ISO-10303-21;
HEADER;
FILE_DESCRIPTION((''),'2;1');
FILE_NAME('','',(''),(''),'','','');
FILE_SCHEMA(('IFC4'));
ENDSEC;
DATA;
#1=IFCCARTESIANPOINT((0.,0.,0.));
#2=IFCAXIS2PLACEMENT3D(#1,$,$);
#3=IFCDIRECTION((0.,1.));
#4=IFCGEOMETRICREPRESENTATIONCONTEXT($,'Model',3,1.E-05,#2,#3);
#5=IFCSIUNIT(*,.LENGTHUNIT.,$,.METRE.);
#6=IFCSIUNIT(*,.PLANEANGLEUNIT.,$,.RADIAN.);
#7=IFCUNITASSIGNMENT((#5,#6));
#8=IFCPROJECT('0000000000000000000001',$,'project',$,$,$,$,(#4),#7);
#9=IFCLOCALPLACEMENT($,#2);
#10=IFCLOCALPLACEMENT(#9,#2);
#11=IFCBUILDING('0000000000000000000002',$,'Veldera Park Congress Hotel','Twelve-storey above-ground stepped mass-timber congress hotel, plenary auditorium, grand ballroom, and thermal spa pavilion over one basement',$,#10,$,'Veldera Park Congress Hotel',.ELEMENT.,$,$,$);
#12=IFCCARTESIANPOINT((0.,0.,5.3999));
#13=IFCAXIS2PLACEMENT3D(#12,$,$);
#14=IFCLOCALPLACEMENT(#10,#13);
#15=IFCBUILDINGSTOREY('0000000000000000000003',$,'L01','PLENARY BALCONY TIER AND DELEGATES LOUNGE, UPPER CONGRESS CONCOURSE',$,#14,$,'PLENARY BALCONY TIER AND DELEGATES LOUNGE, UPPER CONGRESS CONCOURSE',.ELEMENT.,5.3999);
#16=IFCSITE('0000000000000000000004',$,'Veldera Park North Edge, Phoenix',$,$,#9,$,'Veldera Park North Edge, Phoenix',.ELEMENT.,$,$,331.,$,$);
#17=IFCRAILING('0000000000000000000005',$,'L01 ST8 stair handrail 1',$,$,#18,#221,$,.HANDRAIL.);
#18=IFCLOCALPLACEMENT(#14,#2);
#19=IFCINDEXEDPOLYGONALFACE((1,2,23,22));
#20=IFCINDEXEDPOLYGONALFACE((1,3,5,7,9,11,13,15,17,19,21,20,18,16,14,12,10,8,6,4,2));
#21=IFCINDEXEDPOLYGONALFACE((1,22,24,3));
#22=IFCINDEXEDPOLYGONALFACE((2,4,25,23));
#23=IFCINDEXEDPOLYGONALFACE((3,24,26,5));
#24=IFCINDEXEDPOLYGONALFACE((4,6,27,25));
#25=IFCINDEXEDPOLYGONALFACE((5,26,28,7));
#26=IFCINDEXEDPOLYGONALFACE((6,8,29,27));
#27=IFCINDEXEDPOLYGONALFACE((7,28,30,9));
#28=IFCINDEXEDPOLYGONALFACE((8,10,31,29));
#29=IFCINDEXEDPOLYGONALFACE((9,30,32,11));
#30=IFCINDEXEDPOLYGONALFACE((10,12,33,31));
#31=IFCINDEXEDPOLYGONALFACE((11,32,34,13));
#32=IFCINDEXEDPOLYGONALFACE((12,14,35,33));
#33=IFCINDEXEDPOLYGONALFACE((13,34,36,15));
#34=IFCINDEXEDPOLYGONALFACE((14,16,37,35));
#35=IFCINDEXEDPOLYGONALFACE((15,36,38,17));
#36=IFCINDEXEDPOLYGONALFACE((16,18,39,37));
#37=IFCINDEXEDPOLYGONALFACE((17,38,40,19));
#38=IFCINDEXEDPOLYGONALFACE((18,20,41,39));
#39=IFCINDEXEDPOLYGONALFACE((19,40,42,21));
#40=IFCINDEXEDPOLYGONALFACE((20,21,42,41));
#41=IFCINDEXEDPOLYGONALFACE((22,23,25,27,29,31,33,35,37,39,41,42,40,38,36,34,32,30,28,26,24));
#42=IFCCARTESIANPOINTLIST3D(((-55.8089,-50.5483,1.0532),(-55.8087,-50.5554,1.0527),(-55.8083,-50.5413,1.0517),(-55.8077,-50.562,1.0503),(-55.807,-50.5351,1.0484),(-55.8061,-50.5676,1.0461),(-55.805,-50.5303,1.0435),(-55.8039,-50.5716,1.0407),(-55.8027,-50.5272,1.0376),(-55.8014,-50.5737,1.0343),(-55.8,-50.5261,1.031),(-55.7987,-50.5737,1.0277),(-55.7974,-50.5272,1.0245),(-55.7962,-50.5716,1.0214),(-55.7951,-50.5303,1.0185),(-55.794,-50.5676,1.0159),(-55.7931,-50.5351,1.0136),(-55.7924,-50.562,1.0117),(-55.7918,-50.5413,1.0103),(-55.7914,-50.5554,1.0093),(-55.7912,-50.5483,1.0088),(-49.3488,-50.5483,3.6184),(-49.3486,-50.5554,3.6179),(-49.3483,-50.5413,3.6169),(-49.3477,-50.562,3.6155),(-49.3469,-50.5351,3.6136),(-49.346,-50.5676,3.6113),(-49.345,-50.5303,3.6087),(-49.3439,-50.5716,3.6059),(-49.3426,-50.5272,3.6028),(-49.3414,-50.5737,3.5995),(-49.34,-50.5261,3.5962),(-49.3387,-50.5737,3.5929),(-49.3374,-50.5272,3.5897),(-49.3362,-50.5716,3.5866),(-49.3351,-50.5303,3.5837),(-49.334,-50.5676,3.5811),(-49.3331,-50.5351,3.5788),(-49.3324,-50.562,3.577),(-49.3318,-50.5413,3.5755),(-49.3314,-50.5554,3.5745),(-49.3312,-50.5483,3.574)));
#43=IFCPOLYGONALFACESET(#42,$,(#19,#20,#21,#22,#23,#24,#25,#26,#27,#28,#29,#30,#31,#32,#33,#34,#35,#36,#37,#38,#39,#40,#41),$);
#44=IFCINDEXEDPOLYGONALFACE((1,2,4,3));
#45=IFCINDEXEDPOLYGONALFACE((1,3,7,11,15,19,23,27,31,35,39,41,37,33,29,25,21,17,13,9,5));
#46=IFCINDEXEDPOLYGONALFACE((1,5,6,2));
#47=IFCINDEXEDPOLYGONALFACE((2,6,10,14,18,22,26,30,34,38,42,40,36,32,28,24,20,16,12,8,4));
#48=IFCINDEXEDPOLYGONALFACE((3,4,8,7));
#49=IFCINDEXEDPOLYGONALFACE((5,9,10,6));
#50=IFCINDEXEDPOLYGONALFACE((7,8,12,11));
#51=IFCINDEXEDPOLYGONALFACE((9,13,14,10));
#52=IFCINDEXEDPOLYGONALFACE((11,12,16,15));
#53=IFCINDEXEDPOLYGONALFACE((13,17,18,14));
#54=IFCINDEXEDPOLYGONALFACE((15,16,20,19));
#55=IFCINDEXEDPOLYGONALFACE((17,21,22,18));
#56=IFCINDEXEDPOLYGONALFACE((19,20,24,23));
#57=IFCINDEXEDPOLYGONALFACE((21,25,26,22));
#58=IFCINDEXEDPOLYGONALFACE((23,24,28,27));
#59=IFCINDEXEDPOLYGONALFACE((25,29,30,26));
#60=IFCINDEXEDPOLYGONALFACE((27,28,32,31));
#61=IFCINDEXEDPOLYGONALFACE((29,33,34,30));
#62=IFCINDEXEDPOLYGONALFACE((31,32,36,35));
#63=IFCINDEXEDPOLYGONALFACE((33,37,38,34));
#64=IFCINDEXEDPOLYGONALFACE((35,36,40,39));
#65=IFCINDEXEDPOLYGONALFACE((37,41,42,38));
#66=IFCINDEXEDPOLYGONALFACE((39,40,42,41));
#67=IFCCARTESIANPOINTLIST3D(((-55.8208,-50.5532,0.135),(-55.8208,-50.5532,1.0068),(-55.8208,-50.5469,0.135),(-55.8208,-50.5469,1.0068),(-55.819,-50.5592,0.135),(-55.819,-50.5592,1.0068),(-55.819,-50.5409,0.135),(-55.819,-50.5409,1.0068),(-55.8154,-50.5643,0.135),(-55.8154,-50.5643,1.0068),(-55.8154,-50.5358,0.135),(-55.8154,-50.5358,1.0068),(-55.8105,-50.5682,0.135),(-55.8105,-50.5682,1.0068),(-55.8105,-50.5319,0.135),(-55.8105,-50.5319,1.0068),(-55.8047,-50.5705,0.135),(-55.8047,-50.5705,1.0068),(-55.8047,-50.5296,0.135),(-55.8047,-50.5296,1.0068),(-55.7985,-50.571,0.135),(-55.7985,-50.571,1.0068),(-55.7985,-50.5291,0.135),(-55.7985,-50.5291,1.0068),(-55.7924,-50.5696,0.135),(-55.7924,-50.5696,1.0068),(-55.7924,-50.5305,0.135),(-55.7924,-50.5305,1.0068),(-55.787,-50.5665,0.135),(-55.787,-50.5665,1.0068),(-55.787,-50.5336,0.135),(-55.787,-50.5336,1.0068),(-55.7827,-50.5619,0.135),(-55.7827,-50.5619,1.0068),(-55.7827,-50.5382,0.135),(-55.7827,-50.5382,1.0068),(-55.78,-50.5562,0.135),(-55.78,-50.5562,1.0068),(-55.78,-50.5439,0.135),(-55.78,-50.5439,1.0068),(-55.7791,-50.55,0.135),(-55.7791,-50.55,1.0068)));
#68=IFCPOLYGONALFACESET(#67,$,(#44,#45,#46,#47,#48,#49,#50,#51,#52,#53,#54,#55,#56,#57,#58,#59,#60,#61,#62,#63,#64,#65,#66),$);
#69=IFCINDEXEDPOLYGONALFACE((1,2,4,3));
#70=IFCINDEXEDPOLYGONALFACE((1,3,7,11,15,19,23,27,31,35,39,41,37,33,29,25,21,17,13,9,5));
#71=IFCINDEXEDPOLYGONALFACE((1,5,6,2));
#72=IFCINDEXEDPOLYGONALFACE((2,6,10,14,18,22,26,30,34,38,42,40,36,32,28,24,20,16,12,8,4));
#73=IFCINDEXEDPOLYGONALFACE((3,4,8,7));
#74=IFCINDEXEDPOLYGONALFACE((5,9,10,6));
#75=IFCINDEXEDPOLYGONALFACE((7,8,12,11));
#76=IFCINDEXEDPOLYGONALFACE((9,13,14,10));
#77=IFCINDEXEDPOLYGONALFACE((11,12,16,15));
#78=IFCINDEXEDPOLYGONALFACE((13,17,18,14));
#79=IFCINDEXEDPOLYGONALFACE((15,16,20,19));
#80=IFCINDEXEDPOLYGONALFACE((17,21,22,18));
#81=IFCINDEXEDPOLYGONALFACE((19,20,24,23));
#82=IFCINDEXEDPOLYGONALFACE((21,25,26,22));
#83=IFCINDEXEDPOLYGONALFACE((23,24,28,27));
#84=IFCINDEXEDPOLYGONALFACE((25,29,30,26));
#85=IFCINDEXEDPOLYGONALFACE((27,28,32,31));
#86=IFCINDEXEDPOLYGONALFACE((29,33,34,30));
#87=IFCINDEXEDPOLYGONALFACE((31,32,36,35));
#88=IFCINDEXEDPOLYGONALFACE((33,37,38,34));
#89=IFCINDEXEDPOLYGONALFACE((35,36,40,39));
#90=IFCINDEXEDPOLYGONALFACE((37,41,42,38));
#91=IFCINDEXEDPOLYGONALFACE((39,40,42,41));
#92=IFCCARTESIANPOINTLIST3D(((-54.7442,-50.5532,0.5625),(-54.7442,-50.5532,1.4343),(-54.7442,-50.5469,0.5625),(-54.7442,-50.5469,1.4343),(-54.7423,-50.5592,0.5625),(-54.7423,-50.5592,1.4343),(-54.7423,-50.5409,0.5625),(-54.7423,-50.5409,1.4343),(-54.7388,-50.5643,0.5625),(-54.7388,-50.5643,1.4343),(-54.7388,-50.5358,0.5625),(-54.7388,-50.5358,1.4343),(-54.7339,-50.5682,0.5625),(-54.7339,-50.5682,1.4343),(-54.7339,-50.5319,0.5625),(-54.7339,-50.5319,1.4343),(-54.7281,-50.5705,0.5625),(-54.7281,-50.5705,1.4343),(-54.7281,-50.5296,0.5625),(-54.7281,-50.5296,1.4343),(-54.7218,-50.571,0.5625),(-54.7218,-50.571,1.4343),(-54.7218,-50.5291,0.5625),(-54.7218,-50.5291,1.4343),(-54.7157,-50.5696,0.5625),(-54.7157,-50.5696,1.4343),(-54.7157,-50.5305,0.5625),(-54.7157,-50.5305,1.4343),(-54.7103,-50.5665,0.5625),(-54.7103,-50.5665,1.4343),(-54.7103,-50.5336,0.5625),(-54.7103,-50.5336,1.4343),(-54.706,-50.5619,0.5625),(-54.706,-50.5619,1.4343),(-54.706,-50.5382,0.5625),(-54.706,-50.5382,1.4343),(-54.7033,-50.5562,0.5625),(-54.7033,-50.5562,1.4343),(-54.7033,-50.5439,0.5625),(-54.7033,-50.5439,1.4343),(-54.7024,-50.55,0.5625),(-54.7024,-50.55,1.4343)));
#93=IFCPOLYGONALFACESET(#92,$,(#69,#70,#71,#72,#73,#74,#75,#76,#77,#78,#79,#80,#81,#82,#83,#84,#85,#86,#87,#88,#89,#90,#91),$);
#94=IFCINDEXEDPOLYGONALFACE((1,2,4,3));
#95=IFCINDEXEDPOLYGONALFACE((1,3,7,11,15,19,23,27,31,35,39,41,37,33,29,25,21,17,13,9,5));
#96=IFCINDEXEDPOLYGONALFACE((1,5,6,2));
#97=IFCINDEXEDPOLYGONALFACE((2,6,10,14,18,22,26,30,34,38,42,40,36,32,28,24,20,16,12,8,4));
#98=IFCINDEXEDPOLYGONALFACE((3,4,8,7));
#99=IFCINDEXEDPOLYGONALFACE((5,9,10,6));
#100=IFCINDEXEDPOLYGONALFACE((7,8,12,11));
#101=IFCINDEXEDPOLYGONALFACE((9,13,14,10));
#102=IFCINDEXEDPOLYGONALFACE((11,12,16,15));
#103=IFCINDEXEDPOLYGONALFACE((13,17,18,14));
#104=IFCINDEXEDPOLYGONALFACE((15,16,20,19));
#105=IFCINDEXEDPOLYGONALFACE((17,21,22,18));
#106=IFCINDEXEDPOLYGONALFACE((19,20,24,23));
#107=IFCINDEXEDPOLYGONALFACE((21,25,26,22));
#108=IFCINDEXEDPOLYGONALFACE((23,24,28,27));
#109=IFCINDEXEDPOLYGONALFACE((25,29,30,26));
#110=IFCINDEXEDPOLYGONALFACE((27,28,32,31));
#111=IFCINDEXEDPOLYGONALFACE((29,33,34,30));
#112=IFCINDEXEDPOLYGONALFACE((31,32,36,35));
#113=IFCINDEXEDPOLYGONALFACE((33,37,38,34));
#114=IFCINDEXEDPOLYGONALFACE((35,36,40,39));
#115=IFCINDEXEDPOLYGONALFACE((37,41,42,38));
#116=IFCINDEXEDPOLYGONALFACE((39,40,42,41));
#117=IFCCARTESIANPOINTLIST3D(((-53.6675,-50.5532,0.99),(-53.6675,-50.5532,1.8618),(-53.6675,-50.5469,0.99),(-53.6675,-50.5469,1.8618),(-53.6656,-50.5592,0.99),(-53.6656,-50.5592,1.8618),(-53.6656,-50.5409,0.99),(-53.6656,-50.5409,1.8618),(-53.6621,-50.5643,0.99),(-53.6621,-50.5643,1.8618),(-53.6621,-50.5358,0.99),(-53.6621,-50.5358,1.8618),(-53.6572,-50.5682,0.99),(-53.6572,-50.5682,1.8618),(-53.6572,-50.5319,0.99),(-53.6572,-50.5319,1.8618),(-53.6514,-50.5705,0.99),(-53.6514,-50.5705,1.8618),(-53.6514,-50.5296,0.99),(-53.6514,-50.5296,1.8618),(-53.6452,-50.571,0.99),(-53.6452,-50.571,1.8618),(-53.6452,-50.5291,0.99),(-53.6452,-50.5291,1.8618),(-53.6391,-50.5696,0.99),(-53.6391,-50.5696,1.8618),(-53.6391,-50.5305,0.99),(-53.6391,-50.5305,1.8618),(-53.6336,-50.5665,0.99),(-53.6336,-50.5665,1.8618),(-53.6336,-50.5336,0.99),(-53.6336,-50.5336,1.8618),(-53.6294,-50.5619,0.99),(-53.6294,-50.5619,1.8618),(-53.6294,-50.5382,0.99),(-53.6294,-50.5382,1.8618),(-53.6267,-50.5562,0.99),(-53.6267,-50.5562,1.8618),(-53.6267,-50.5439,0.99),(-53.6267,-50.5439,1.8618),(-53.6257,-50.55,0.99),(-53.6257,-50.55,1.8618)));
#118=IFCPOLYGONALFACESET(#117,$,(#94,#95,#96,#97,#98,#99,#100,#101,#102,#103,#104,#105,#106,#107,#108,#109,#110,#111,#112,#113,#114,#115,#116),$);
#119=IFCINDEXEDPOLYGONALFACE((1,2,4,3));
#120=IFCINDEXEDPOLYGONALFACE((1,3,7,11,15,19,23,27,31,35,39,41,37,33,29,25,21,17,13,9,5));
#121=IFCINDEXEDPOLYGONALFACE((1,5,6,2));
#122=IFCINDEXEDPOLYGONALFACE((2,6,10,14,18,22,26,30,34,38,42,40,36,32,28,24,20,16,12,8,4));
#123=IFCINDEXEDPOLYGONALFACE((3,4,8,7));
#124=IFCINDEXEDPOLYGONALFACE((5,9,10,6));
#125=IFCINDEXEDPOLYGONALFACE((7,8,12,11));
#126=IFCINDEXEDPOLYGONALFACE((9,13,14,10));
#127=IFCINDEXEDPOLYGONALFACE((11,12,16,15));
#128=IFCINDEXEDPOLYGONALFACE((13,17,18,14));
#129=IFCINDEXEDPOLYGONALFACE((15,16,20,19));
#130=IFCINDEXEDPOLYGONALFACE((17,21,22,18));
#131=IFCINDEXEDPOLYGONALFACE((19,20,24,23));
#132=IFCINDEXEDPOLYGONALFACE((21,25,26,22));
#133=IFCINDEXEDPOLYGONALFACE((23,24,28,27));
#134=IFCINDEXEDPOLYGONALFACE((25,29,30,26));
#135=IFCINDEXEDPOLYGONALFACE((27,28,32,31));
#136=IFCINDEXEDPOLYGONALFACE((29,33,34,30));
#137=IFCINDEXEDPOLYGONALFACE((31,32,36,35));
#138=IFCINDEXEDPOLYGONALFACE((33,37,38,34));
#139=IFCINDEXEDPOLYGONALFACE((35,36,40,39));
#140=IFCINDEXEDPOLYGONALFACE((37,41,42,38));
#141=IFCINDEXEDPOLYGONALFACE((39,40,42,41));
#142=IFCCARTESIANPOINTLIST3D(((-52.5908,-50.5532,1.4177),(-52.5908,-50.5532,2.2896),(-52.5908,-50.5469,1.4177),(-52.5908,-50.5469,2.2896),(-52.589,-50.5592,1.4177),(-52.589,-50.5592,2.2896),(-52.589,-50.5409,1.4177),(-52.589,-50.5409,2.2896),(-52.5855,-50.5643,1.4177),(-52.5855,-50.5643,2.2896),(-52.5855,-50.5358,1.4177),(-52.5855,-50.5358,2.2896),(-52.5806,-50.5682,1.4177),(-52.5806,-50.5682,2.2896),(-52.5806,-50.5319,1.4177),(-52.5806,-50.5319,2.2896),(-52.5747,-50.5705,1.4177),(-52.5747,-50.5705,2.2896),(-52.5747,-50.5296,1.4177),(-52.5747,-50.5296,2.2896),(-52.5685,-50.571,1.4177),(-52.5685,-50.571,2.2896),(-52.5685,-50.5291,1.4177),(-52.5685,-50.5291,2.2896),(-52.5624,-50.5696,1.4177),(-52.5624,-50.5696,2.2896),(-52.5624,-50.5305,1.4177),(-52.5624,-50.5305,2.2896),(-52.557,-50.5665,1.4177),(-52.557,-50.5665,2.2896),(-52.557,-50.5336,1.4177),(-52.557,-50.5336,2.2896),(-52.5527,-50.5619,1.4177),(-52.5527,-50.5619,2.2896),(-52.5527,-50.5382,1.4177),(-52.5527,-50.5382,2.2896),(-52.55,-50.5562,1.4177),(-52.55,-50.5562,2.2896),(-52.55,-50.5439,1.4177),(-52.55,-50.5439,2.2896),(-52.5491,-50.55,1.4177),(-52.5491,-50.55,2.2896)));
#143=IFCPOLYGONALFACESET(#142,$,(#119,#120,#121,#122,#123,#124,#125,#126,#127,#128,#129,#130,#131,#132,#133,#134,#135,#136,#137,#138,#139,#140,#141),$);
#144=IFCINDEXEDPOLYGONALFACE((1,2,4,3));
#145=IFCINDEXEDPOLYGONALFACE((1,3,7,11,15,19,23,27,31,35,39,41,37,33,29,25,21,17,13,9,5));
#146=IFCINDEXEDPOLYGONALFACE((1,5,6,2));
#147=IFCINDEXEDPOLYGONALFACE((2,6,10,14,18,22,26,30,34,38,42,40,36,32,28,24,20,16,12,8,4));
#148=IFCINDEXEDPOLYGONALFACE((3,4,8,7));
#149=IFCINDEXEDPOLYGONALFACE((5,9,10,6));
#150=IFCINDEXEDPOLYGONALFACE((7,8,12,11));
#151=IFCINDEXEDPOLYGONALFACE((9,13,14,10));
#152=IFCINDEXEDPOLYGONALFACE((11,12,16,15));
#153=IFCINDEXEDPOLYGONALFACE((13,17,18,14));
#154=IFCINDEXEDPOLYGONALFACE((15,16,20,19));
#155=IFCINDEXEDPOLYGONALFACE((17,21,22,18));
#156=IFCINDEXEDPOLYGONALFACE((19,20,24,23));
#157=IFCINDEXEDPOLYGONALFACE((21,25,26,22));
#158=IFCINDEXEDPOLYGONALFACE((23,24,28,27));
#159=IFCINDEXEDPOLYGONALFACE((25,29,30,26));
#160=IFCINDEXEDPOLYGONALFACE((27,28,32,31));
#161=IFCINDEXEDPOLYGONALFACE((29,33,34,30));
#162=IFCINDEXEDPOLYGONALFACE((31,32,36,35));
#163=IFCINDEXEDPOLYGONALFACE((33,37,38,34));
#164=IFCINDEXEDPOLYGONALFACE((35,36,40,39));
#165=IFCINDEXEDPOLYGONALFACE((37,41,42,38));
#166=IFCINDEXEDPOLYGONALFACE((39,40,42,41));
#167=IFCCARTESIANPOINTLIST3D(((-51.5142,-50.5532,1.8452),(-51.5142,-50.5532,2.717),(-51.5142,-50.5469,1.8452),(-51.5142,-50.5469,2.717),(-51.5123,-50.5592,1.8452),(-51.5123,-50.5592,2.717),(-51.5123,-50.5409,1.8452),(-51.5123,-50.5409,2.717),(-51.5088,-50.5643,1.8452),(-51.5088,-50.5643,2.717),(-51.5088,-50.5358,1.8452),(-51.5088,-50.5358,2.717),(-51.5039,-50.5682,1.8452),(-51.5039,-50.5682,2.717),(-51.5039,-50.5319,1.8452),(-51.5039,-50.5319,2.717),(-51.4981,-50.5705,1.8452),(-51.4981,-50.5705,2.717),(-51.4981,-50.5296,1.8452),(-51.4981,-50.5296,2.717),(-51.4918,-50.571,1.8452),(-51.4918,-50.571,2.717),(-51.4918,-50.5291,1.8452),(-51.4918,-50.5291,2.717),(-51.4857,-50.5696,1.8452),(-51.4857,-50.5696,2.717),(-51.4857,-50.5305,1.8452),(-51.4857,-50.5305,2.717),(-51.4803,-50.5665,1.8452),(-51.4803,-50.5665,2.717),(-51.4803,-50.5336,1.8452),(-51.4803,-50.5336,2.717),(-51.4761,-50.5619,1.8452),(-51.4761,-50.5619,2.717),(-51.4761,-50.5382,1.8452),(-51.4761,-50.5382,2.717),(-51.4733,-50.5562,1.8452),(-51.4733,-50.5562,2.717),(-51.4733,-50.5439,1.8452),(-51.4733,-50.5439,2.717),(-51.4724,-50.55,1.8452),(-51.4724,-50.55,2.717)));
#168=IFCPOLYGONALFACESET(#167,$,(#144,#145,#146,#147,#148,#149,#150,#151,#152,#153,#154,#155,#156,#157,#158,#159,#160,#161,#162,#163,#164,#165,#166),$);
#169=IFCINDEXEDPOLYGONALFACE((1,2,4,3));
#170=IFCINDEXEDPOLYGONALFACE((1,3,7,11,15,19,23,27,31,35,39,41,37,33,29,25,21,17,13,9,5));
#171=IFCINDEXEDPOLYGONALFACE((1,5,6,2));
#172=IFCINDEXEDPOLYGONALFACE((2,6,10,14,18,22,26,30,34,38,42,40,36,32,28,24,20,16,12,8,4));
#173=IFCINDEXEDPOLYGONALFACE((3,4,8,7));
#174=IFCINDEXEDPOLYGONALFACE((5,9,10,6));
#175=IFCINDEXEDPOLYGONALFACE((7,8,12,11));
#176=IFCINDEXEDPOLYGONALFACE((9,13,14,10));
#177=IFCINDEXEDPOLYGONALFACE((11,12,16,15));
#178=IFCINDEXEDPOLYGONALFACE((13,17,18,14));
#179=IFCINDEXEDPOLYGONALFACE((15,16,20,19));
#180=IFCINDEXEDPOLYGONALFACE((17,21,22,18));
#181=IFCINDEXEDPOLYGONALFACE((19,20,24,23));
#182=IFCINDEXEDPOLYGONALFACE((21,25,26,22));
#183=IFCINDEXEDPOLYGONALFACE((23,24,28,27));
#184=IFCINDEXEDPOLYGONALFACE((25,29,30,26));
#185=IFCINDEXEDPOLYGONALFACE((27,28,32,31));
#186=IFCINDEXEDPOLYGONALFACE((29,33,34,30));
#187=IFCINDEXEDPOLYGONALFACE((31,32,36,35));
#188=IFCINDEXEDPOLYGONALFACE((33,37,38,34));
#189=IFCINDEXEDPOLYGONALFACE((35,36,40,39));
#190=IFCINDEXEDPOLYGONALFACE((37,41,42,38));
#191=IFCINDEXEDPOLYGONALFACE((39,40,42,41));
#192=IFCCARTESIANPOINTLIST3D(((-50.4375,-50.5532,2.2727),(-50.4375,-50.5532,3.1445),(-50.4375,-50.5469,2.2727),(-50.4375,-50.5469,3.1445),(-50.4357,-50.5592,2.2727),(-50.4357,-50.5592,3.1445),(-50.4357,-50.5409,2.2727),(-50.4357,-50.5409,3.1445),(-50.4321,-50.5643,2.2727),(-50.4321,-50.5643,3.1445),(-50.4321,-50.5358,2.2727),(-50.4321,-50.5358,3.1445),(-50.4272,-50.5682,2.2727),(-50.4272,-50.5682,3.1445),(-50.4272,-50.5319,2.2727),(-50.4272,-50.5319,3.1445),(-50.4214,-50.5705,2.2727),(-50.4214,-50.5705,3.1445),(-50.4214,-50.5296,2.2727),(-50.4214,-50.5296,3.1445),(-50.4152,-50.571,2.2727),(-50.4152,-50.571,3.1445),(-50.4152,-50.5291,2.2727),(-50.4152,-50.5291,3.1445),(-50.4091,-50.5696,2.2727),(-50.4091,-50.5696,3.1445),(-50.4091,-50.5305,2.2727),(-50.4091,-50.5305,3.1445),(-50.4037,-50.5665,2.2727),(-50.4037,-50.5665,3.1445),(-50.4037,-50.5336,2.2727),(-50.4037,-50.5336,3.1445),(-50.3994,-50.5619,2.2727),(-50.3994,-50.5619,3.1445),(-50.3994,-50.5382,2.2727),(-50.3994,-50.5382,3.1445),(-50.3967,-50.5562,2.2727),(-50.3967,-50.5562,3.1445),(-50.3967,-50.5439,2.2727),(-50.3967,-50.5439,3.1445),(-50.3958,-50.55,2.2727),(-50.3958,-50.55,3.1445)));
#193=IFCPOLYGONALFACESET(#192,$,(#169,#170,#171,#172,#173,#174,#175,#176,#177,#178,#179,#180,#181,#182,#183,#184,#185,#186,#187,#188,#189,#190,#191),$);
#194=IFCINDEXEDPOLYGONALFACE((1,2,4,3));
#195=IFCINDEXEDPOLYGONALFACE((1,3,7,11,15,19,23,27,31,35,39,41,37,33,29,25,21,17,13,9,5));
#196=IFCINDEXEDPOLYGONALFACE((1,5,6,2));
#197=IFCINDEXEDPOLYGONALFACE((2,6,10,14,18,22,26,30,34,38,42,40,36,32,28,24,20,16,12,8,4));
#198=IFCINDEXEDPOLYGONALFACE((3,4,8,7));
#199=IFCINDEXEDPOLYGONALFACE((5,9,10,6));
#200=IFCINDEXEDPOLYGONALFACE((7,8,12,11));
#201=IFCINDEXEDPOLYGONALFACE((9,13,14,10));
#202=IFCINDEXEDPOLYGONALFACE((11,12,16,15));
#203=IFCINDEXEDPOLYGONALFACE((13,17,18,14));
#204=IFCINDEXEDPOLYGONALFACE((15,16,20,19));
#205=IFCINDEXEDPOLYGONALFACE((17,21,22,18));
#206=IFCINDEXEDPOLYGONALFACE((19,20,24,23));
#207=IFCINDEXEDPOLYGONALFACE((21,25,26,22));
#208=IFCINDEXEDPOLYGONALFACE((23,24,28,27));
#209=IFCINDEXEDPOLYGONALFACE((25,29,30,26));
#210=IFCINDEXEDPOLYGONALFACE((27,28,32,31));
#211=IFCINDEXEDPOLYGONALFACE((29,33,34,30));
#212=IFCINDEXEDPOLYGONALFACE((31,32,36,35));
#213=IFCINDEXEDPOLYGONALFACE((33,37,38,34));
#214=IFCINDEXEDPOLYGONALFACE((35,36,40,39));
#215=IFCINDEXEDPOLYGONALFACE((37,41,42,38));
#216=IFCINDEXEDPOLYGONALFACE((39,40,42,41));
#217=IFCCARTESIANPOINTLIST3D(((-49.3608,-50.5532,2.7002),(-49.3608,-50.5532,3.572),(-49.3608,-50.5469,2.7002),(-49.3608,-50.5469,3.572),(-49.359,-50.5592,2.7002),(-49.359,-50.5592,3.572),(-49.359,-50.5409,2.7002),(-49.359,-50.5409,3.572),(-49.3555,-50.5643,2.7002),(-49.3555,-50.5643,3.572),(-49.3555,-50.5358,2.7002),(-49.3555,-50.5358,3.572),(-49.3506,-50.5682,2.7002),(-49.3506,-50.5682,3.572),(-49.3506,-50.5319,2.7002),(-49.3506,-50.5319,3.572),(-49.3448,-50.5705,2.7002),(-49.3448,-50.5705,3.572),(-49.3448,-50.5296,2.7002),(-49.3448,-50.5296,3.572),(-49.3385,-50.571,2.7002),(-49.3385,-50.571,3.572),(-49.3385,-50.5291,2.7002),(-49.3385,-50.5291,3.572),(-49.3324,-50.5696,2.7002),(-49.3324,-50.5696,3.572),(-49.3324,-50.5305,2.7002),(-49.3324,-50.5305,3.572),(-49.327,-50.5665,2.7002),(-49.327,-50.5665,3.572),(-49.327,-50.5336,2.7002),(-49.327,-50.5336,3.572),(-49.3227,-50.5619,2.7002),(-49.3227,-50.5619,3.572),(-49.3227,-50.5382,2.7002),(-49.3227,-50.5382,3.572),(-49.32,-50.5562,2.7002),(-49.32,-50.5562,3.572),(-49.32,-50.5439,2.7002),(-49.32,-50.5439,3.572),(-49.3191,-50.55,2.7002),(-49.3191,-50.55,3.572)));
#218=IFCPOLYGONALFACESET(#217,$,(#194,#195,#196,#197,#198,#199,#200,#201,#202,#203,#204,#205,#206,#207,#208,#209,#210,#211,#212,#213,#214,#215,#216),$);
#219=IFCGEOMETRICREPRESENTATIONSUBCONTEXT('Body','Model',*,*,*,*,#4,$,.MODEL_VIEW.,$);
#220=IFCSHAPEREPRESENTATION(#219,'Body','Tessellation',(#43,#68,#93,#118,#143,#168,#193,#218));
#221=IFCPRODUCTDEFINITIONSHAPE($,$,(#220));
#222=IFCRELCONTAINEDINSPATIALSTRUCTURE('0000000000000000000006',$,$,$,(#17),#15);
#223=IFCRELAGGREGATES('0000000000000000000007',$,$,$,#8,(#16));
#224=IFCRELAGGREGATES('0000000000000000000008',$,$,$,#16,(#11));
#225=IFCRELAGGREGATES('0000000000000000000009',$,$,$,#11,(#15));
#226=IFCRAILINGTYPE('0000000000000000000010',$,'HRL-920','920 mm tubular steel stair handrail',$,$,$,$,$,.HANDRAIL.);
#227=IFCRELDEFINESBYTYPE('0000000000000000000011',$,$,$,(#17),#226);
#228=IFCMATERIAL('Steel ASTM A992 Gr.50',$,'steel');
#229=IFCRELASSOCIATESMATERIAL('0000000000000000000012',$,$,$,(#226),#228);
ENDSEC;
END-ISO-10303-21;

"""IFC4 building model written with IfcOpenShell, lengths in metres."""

from ifc_helpers import new_model, si_unit, direction, frame, origin, origin_2d, place, context, subcontext, project, spatial, circle, extrude, material, type_object, element, save


model = new_model("IFC4")

# Units and contexts
model_context = context("Model", 3, precision=1e-05, world=origin(), true_north=direction((0.0, 1.0)))
body_context = subcontext(model_context, "Body", "Model", "MODEL_VIEW")
ifc_project = project(units=[si_unit("LENGTHUNIT", "METRE"), si_unit("PLANEANGLEUNIT", "RADIAN")], contexts=[model_context])

# Site, building, storey
site_placement = place(None, origin())
site = spatial("IfcSite", under=ifc_project, at=site_placement, Name="Veldera Park North Edge, Phoenix", LongName="Veldera Park North Edge, Phoenix", CompositionType="ELEMENT", RefElevation=331.0)
building_placement = place(site_placement, origin())
building = spatial("IfcBuilding", under=site, at=building_placement, Name="Veldera Park Congress Hotel", Description="Twelve-storey above-ground stepped mass-timber congress hotel, plenary auditorium, grand ballroom, and thermal spa pavilion over one basement", LongName="Veldera Park Congress Hotel", CompositionType="ELEMENT")
storey_placement = place(building_placement, frame((0.0, 0.0, 5.3999)))
storey = spatial("IfcBuildingStorey", under=building, at=storey_placement, Name="L01", Description="PLENARY BALCONY TIER AND DELEGATES LOUNGE, UPPER CONGRESS CONCOURSE", LongName="PLENARY BALCONY TIER AND DELEGATES LOUNGE, UPPER CONGRESS CONCOURSE", CompositionType="ELEMENT", Elevation=5.3999)

# Shared definitions
ifc_material_1 = material(Name="Steel ASTM A992 Gr.50", Category="steel")

# Railing
railing_type_1 = type_object("IfcRailingType", Name="HRL-920", Description="920 mm tubular steel stair handrail", PredefinedType="HANDRAIL", material=ifc_material_1)
railing_1_placement = place(storey_placement, frame((-55.8, -50.55, 0.135)))
element("IfcRailing", 1, at=railing_1_placement, inside=storey, type_object=railing_type_1, Name="L01 ST8 stair handrail 1", PredefinedType="HANDRAIL", context=body_context, shape_type="SweptSolid", body=[
    extrude(circle(Radius=0.0239, at=origin_2d()), frame((0.0, 0.0, 0.896), z_axis=(0.929406, 0.0, 0.369058), x_axis=(0.0, 1.0, 0.0)), (0.0, 0.0, 1.0), 6.9507),
    extrude(circle(Radius=0.021, at=origin_2d()), origin(), (0.0, 0.0, 1.0), 0.8718),
    extrude(circle(Radius=0.021, at=origin_2d()), frame((1.0767, 0.0, 0.4275)), (0.0, 0.0, 1.0), 0.8718),
    extrude(circle(Radius=0.021, at=origin_2d()), frame((2.1533, 0.0, 0.855)), (0.0, 0.0, 1.0), 0.8718),
    extrude(circle(Radius=0.021, at=origin_2d()), frame((3.23, 0.0, 1.2827)), (0.0, 0.0, 1.0), 0.8718),
    extrude(circle(Radius=0.021, at=origin_2d()), frame((4.3066, 0.0, 1.7102)), (0.0, 0.0, 1.0), 0.8718),
    extrude(circle(Radius=0.021, at=origin_2d()), frame((5.3833, 0.0, 2.1377)), (0.0, 0.0, 1.0), 0.8718),
    extrude(circle(Radius=0.021, at=origin_2d()), frame((6.46, 0.0, 2.5652)), (0.0, 0.0, 1.0), 0.8718),
])

save(model, "model.ifc")
